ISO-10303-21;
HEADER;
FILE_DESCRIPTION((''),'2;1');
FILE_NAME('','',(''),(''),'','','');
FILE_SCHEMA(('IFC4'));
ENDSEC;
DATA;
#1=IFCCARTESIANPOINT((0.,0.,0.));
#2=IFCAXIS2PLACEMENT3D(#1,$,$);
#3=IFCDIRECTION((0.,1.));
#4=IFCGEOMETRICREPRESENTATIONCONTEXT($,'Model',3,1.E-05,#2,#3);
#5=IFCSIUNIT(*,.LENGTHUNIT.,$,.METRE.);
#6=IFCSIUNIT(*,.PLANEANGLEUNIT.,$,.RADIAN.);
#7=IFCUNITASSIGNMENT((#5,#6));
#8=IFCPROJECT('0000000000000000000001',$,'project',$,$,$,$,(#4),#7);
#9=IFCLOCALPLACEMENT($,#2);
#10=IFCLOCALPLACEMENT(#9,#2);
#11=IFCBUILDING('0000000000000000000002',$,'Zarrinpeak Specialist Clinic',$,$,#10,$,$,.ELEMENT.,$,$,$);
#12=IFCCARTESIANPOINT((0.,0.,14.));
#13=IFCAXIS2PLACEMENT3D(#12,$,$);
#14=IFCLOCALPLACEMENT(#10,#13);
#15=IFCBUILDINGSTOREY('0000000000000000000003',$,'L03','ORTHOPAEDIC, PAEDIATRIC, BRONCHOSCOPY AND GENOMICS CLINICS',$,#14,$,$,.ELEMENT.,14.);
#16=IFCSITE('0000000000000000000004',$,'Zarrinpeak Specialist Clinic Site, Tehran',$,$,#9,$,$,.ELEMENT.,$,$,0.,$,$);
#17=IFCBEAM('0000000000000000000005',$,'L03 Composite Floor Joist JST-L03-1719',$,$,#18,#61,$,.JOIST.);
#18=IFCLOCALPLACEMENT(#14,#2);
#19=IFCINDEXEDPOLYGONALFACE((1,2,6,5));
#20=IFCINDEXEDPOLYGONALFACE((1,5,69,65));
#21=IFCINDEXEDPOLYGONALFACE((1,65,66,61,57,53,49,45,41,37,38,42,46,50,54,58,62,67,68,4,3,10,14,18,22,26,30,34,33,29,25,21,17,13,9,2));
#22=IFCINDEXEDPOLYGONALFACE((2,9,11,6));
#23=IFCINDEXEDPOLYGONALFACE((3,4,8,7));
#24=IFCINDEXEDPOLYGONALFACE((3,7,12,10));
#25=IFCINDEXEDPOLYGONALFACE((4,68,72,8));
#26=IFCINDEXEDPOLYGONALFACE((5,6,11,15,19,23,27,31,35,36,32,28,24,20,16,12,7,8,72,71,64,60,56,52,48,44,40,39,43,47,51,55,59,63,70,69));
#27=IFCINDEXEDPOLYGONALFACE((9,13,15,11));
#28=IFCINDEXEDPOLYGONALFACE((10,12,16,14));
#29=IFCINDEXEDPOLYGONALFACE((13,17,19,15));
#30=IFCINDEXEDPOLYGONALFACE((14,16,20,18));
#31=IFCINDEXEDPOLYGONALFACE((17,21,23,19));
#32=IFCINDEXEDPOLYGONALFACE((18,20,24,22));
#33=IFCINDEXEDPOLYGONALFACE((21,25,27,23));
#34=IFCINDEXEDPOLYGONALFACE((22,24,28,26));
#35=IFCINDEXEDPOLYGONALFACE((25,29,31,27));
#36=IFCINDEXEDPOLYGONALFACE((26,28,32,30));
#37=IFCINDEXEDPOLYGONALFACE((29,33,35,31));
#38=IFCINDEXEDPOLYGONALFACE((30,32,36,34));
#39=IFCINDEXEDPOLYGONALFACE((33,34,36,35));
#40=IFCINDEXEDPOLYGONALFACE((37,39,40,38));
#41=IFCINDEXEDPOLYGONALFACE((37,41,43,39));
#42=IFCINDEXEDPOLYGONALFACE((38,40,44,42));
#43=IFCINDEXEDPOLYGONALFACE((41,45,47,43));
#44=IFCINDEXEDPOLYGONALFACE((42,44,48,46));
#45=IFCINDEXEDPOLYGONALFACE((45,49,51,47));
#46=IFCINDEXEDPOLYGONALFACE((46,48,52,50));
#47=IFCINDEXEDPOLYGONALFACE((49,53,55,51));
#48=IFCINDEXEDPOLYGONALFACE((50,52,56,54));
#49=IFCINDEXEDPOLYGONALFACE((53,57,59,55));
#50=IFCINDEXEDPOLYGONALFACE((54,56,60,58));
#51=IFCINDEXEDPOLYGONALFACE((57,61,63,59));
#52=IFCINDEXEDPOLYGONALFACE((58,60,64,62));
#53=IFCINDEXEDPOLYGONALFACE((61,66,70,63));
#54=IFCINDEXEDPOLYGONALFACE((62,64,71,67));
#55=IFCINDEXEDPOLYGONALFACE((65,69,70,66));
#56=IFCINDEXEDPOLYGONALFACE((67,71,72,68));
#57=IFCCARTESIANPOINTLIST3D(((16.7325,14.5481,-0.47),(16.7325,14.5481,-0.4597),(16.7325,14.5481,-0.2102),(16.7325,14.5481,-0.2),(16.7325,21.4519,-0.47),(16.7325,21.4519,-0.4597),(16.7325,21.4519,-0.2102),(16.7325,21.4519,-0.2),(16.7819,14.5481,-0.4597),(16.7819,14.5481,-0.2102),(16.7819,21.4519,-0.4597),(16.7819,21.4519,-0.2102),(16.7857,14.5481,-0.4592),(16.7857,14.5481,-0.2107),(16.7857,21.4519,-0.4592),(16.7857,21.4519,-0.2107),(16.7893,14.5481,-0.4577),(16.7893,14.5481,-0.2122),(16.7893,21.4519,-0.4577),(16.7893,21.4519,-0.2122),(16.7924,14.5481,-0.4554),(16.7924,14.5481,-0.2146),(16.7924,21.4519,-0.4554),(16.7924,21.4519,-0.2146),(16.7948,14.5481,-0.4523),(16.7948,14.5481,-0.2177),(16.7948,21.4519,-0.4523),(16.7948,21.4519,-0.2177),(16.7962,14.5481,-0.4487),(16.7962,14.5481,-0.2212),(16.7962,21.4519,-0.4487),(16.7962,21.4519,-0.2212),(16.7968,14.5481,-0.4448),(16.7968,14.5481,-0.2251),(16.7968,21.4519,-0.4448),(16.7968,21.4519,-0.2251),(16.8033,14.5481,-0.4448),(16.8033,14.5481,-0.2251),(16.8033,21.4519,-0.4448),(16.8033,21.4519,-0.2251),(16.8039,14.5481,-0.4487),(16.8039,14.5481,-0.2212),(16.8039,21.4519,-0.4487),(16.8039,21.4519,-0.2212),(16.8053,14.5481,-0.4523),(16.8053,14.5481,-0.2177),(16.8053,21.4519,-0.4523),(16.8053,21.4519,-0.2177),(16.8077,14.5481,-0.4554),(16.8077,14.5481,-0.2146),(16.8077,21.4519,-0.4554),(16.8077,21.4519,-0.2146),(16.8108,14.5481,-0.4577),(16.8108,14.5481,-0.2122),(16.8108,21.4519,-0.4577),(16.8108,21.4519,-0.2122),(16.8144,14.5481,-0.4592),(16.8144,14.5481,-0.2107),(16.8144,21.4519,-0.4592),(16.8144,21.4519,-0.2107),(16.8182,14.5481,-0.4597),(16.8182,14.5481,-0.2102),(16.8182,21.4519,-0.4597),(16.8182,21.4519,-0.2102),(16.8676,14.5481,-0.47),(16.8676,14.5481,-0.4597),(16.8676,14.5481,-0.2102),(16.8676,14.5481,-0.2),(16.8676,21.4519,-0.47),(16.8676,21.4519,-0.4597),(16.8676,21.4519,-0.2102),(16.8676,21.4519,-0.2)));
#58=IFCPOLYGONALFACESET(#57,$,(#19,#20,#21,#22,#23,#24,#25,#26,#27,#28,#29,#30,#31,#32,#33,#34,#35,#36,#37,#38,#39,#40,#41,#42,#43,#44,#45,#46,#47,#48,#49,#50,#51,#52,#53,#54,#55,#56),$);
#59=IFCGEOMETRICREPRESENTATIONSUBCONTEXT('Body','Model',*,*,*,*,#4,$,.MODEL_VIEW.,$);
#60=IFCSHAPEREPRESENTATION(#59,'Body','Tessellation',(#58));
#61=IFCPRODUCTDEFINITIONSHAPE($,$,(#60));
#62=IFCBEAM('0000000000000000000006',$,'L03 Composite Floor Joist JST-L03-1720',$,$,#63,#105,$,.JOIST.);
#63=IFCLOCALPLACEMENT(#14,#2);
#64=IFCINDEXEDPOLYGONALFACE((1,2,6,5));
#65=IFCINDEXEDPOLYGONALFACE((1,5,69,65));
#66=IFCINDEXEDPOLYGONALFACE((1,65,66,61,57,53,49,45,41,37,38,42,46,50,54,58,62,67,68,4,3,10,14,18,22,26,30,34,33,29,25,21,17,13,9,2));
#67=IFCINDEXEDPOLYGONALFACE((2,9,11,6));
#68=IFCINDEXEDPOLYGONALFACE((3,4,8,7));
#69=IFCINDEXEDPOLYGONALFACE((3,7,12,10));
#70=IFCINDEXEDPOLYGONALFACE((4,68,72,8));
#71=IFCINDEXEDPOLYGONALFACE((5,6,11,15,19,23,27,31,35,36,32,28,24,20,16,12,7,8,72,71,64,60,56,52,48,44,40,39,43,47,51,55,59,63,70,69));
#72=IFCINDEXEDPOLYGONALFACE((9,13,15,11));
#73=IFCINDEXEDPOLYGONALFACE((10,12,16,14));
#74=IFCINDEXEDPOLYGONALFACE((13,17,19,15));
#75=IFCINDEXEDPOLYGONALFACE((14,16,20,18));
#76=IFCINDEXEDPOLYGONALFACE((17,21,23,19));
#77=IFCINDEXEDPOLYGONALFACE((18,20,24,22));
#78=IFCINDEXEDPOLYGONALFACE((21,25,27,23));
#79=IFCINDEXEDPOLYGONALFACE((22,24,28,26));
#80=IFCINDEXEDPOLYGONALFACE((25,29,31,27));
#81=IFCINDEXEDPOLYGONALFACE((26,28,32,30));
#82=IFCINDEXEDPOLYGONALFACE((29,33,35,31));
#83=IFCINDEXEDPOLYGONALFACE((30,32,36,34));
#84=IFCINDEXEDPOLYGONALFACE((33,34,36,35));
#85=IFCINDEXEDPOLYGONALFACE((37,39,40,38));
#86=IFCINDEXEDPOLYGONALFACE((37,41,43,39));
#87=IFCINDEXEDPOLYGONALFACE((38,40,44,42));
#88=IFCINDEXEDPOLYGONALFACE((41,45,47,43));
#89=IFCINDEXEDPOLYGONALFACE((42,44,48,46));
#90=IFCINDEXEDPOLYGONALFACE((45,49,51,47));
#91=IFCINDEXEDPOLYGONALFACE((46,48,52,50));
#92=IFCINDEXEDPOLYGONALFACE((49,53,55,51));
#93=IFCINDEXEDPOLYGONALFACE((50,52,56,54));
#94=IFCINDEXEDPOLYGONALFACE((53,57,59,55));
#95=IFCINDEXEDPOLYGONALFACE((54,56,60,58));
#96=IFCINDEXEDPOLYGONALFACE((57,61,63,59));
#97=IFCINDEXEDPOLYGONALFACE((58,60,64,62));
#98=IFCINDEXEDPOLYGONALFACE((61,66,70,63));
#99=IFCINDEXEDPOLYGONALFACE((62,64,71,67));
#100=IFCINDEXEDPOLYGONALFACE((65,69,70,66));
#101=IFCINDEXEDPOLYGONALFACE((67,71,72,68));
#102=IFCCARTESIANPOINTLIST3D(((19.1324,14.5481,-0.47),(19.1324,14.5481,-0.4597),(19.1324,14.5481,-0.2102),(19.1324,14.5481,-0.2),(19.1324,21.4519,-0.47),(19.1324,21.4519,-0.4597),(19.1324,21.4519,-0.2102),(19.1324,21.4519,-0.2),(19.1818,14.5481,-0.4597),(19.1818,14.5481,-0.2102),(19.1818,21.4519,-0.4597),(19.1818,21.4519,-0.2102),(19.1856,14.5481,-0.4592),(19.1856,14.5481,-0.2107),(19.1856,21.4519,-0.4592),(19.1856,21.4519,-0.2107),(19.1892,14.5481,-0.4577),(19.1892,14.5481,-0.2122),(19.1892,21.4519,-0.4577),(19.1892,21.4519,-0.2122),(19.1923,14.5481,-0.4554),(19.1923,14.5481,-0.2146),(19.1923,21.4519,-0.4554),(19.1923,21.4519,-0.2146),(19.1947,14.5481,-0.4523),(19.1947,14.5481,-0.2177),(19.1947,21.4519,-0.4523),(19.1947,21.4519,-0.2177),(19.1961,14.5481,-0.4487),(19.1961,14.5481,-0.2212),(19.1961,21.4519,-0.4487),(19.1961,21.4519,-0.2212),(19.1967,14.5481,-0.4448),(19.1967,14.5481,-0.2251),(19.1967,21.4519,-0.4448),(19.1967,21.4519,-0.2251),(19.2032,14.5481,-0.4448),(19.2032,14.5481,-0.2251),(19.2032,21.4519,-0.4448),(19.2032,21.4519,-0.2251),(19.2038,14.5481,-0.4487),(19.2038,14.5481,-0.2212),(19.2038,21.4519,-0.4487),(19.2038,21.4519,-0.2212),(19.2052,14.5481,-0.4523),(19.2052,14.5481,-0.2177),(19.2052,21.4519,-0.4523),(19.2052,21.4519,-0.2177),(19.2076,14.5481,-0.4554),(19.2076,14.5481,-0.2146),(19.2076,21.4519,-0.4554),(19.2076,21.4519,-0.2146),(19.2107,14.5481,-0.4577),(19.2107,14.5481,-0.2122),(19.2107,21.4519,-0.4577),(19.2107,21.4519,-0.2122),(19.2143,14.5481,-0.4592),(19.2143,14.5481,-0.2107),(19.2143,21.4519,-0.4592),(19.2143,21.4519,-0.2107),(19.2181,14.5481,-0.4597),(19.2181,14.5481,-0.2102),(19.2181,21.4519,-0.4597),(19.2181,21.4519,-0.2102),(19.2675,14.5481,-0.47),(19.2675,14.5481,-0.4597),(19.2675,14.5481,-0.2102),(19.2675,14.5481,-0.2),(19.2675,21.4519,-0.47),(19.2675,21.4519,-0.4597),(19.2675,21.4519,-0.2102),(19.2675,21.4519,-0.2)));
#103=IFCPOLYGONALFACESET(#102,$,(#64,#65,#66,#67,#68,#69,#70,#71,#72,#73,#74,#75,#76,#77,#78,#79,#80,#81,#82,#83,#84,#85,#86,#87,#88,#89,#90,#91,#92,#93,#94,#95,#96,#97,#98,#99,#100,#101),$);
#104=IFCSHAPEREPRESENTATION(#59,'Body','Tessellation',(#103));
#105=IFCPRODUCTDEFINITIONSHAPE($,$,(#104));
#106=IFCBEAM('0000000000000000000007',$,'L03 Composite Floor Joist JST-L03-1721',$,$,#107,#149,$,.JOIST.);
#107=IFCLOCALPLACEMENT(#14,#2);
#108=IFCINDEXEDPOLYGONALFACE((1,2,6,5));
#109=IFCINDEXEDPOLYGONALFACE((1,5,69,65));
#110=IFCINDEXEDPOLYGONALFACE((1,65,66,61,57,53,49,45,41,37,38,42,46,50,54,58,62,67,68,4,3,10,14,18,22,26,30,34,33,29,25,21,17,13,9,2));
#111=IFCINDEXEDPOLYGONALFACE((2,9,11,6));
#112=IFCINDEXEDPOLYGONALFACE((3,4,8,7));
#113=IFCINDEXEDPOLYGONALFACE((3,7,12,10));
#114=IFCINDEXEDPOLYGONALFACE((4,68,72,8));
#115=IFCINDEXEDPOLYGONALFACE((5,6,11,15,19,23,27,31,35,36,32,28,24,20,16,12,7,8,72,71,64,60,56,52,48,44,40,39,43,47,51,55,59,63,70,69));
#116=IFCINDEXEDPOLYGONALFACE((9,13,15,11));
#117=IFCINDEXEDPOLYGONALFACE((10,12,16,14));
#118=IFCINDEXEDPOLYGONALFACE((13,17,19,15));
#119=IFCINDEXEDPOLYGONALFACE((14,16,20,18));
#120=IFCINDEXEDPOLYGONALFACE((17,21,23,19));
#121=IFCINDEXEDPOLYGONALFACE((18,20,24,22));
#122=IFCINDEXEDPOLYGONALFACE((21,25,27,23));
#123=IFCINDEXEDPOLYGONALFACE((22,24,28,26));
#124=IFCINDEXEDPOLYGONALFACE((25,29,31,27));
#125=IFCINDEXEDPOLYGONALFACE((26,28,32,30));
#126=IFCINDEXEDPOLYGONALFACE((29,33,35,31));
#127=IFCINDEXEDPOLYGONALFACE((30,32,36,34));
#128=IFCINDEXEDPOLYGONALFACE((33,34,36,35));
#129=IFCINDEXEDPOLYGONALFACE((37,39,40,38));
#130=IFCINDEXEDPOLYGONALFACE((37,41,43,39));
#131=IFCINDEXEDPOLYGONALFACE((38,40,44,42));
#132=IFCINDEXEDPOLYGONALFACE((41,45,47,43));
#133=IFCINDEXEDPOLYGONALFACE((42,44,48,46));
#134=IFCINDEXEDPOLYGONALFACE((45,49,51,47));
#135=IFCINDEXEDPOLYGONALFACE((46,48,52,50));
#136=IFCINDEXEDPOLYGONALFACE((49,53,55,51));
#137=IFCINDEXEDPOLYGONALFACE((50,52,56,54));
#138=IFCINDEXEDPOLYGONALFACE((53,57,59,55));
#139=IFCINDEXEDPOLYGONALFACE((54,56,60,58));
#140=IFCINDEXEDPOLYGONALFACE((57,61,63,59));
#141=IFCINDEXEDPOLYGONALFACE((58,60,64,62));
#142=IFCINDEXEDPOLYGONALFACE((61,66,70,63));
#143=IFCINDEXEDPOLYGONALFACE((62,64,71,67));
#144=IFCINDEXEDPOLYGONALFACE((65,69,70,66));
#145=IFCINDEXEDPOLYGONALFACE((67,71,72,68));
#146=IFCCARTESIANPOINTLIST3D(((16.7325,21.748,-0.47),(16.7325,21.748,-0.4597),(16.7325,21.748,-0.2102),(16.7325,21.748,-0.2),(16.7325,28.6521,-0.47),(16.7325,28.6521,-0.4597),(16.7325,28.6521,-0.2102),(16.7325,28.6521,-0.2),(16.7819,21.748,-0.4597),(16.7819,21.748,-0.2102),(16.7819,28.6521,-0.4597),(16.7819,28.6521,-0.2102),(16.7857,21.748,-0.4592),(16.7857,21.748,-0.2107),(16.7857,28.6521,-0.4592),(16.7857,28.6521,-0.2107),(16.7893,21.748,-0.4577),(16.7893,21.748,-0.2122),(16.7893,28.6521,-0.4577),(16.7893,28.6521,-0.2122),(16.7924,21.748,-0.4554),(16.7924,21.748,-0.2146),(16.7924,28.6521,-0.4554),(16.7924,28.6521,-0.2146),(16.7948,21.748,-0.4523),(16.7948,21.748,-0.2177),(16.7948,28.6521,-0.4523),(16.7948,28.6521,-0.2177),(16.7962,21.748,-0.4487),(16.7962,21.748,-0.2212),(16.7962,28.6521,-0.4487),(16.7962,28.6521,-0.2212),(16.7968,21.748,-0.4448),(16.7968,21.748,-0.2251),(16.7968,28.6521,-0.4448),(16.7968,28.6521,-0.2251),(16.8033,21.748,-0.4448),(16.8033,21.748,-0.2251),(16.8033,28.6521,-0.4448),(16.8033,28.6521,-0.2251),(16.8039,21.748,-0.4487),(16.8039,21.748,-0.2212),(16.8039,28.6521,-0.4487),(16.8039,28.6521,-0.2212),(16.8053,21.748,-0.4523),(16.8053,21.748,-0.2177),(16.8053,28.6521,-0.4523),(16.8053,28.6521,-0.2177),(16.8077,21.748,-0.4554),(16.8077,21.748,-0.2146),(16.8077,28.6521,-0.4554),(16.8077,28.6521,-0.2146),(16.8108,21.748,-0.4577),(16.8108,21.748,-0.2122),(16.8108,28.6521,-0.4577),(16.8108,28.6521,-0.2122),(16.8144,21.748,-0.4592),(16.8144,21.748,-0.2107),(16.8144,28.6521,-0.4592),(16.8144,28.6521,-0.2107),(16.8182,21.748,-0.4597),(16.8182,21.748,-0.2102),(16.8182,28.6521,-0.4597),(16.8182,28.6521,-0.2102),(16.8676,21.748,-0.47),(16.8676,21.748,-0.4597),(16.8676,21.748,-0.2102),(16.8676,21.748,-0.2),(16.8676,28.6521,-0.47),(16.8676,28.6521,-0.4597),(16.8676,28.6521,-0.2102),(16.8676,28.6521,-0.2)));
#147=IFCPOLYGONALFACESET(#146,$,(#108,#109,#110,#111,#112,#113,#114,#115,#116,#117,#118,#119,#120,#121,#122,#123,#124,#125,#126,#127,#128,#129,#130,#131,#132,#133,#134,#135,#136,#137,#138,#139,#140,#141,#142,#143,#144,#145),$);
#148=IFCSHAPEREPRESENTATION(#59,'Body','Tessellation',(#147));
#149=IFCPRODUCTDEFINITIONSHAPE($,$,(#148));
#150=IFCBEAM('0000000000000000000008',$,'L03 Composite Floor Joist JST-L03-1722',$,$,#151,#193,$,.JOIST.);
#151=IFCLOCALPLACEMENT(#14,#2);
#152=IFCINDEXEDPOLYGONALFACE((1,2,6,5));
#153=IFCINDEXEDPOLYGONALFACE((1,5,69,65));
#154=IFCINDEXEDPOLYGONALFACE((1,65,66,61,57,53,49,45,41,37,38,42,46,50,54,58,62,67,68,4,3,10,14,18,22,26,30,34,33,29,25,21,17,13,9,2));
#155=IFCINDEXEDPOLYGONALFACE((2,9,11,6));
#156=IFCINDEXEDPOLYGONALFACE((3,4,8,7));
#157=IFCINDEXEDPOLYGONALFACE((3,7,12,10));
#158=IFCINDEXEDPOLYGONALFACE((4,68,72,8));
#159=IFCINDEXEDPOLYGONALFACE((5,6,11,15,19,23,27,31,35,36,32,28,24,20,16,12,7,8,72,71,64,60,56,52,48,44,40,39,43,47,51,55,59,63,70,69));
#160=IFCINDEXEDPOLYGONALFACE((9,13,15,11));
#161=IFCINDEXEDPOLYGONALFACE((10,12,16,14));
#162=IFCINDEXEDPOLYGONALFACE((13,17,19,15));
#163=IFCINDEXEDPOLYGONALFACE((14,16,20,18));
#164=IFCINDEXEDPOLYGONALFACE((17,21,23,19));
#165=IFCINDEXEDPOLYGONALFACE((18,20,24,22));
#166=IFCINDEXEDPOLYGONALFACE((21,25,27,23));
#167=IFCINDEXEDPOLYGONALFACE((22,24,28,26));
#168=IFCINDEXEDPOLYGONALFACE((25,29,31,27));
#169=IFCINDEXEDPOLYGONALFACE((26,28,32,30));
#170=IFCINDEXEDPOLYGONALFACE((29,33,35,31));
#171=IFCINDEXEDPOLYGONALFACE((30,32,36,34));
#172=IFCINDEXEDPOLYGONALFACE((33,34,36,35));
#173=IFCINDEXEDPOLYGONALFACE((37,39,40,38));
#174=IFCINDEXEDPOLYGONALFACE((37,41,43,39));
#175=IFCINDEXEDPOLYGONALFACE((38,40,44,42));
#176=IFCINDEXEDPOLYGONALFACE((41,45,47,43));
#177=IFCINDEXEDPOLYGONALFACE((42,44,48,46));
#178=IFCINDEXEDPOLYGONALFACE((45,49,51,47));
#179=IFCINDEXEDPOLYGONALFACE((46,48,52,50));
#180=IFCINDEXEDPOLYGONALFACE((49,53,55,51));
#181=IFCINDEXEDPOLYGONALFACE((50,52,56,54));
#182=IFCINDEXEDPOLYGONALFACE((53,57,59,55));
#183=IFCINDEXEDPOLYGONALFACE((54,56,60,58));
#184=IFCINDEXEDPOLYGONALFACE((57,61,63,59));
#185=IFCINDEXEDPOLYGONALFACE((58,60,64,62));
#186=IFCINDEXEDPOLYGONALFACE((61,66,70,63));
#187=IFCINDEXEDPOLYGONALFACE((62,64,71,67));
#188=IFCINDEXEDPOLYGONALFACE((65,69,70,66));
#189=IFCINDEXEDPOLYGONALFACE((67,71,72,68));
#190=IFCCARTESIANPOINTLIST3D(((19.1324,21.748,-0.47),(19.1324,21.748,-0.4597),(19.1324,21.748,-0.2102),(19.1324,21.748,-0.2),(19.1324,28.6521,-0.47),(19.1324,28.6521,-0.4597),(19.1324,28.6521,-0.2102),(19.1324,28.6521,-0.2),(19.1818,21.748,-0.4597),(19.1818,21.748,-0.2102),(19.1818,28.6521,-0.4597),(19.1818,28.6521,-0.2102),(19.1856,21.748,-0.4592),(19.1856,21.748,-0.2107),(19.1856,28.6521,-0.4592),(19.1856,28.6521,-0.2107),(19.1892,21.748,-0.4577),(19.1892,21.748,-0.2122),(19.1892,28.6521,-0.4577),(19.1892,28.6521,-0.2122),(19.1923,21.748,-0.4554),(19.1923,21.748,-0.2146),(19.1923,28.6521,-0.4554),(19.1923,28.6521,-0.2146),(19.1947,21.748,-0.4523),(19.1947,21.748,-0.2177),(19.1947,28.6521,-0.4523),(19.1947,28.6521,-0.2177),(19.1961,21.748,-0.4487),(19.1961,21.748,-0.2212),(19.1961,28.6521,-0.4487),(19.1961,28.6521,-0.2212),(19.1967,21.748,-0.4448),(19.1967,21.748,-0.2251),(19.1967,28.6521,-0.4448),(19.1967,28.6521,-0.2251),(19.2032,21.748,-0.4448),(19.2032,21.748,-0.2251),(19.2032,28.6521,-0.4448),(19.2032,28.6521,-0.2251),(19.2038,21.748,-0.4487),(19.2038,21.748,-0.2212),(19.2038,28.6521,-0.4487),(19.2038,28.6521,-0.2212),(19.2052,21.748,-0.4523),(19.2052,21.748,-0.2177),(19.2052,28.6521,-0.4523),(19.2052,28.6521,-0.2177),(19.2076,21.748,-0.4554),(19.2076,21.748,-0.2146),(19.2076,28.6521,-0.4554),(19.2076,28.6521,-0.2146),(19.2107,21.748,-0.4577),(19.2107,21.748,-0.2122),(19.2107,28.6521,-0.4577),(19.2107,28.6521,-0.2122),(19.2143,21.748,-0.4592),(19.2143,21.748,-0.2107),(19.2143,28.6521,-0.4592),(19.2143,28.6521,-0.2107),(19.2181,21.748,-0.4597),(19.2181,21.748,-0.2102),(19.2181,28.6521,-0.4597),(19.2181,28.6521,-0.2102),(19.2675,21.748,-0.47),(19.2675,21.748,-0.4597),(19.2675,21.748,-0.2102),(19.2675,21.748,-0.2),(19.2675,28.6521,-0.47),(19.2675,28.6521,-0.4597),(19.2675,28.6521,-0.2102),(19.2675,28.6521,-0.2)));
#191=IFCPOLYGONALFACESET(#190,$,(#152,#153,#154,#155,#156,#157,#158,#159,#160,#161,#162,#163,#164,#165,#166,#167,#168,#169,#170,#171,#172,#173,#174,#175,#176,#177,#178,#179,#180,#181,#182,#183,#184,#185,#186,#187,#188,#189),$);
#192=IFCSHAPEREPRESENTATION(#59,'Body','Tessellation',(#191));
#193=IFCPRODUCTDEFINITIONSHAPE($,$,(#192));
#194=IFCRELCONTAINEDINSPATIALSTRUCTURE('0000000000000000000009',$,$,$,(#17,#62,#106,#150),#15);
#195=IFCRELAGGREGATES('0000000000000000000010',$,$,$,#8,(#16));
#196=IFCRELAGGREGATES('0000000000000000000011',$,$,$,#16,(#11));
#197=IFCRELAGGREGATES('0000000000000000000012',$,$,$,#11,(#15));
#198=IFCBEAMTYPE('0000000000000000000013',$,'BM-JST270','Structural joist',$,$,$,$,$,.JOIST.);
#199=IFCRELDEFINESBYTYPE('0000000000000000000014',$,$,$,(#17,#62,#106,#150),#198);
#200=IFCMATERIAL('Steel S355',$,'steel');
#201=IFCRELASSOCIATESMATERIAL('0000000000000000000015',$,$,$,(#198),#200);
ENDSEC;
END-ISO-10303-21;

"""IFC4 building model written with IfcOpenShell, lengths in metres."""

from ifc_helpers import new_model, si_unit, direction, frame, origin, origin_2d, place, context, subcontext, project, spatial, i_section, extrude, material, material_profile, profile_set, type_object, element, save


model = new_model("IFC4")

# Units and contexts
model_context = context("Model", 3, precision=1e-05, world=origin(), true_north=direction((0.0, 1.0)))
body_context = subcontext(model_context, "Body", "Model", "MODEL_VIEW")
ifc_project = project(units=[si_unit("LENGTHUNIT", "METRE"), si_unit("PLANEANGLEUNIT", "RADIAN")], contexts=[model_context])

# Site, building, storey
site_placement = place(None, origin())
site = spatial("IfcSite", under=ifc_project, at=site_placement, Name="Zarrinpeak Specialist Clinic Site, Tehran", CompositionType="ELEMENT", RefElevation=0.0)
building_placement = place(site_placement, origin())
building = spatial("IfcBuilding", under=site, at=building_placement, Name="Zarrinpeak Specialist Clinic", CompositionType="ELEMENT")
storey_placement = place(building_placement, frame((0.0, 0.0, 14.0)))
storey = spatial("IfcBuildingStorey", under=building, at=storey_placement, Name="L03", Description="ORTHOPAEDIC, PAEDIATRIC, BRONCHOSCOPY AND GENOMICS CLINICS", CompositionType="ELEMENT", Elevation=14.0)

# Shared definitions
ifc_material_1 = material(Name="Steel S355", Category="steel")

# Beams
ifc_material_profile_1 = material_profile(ifc_material_1, i_section(OverallWidth=0.135, OverallDepth=0.27, WebThickness=0.0066, FlangeThickness=0.0103, FilletRadius=0.0149, at=origin_2d()), Name="IPE 270")
ifc_profile_set_1 = profile_set([ifc_material_profile_1], Name="Steel S355")
beam_type_1 = type_object("IfcBeamType", Name="BM-JST270", Description="Structural joist", PredefinedType="JOIST", material=ifc_profile_set_1)
for number, where, z_axis, x_axis, name in (
    (1, (16.8, 14.5481, -0.335), (0.0, 1.0, 0.0), (-1.0, 0.0, 0.0), "L03 Composite Floor Joist JST-L03-1719"),
    (2, (19.2, 14.5481, -0.335), (0.0, 1.0, 0.0), (-1.0, 0.0, 0.0), "L03 Composite Floor Joist JST-L03-1720"),
):
    element("IfcBeam", number, at=place(storey_placement, frame(where, z_axis=z_axis, x_axis=x_axis)), inside=storey, type_object=beam_type_1, Name=name, PredefinedType="JOIST", context=body_context, shape_type="SweptSolid", body=[
        extrude(i_section(OverallWidth=0.135, OverallDepth=0.27, WebThickness=0.0066, FlangeThickness=0.0103, FilletRadius=0.0149, at=origin_2d()), origin(), (0.0, 0.0, 1.0), 6.9038),
    ])
for number, where, z_axis, x_axis, name in (
    (3, (16.8, 21.748, -0.335), (0.0, 1.0, 0.0), (-1.0, 0.0, 0.0), "L03 Composite Floor Joist JST-L03-1721"),
    (4, (19.2, 21.748, -0.335), (0.0, 1.0, 0.0), (-1.0, 0.0, 0.0), "L03 Composite Floor Joist JST-L03-1722"),
):
    element("IfcBeam", number, at=place(storey_placement, frame(where, z_axis=z_axis, x_axis=x_axis)), inside=storey, type_object=beam_type_1, Name=name, PredefinedType="JOIST", context=body_context, shape_type="SweptSolid", body=[
        extrude(i_section(OverallWidth=0.135, OverallDepth=0.27, WebThickness=0.0066, FlangeThickness=0.0103, FilletRadius=0.0149, at=origin_2d()), origin(), (0.0, 0.0, 1.0), 6.9041),
    ])

save(model, "model.ifc")
